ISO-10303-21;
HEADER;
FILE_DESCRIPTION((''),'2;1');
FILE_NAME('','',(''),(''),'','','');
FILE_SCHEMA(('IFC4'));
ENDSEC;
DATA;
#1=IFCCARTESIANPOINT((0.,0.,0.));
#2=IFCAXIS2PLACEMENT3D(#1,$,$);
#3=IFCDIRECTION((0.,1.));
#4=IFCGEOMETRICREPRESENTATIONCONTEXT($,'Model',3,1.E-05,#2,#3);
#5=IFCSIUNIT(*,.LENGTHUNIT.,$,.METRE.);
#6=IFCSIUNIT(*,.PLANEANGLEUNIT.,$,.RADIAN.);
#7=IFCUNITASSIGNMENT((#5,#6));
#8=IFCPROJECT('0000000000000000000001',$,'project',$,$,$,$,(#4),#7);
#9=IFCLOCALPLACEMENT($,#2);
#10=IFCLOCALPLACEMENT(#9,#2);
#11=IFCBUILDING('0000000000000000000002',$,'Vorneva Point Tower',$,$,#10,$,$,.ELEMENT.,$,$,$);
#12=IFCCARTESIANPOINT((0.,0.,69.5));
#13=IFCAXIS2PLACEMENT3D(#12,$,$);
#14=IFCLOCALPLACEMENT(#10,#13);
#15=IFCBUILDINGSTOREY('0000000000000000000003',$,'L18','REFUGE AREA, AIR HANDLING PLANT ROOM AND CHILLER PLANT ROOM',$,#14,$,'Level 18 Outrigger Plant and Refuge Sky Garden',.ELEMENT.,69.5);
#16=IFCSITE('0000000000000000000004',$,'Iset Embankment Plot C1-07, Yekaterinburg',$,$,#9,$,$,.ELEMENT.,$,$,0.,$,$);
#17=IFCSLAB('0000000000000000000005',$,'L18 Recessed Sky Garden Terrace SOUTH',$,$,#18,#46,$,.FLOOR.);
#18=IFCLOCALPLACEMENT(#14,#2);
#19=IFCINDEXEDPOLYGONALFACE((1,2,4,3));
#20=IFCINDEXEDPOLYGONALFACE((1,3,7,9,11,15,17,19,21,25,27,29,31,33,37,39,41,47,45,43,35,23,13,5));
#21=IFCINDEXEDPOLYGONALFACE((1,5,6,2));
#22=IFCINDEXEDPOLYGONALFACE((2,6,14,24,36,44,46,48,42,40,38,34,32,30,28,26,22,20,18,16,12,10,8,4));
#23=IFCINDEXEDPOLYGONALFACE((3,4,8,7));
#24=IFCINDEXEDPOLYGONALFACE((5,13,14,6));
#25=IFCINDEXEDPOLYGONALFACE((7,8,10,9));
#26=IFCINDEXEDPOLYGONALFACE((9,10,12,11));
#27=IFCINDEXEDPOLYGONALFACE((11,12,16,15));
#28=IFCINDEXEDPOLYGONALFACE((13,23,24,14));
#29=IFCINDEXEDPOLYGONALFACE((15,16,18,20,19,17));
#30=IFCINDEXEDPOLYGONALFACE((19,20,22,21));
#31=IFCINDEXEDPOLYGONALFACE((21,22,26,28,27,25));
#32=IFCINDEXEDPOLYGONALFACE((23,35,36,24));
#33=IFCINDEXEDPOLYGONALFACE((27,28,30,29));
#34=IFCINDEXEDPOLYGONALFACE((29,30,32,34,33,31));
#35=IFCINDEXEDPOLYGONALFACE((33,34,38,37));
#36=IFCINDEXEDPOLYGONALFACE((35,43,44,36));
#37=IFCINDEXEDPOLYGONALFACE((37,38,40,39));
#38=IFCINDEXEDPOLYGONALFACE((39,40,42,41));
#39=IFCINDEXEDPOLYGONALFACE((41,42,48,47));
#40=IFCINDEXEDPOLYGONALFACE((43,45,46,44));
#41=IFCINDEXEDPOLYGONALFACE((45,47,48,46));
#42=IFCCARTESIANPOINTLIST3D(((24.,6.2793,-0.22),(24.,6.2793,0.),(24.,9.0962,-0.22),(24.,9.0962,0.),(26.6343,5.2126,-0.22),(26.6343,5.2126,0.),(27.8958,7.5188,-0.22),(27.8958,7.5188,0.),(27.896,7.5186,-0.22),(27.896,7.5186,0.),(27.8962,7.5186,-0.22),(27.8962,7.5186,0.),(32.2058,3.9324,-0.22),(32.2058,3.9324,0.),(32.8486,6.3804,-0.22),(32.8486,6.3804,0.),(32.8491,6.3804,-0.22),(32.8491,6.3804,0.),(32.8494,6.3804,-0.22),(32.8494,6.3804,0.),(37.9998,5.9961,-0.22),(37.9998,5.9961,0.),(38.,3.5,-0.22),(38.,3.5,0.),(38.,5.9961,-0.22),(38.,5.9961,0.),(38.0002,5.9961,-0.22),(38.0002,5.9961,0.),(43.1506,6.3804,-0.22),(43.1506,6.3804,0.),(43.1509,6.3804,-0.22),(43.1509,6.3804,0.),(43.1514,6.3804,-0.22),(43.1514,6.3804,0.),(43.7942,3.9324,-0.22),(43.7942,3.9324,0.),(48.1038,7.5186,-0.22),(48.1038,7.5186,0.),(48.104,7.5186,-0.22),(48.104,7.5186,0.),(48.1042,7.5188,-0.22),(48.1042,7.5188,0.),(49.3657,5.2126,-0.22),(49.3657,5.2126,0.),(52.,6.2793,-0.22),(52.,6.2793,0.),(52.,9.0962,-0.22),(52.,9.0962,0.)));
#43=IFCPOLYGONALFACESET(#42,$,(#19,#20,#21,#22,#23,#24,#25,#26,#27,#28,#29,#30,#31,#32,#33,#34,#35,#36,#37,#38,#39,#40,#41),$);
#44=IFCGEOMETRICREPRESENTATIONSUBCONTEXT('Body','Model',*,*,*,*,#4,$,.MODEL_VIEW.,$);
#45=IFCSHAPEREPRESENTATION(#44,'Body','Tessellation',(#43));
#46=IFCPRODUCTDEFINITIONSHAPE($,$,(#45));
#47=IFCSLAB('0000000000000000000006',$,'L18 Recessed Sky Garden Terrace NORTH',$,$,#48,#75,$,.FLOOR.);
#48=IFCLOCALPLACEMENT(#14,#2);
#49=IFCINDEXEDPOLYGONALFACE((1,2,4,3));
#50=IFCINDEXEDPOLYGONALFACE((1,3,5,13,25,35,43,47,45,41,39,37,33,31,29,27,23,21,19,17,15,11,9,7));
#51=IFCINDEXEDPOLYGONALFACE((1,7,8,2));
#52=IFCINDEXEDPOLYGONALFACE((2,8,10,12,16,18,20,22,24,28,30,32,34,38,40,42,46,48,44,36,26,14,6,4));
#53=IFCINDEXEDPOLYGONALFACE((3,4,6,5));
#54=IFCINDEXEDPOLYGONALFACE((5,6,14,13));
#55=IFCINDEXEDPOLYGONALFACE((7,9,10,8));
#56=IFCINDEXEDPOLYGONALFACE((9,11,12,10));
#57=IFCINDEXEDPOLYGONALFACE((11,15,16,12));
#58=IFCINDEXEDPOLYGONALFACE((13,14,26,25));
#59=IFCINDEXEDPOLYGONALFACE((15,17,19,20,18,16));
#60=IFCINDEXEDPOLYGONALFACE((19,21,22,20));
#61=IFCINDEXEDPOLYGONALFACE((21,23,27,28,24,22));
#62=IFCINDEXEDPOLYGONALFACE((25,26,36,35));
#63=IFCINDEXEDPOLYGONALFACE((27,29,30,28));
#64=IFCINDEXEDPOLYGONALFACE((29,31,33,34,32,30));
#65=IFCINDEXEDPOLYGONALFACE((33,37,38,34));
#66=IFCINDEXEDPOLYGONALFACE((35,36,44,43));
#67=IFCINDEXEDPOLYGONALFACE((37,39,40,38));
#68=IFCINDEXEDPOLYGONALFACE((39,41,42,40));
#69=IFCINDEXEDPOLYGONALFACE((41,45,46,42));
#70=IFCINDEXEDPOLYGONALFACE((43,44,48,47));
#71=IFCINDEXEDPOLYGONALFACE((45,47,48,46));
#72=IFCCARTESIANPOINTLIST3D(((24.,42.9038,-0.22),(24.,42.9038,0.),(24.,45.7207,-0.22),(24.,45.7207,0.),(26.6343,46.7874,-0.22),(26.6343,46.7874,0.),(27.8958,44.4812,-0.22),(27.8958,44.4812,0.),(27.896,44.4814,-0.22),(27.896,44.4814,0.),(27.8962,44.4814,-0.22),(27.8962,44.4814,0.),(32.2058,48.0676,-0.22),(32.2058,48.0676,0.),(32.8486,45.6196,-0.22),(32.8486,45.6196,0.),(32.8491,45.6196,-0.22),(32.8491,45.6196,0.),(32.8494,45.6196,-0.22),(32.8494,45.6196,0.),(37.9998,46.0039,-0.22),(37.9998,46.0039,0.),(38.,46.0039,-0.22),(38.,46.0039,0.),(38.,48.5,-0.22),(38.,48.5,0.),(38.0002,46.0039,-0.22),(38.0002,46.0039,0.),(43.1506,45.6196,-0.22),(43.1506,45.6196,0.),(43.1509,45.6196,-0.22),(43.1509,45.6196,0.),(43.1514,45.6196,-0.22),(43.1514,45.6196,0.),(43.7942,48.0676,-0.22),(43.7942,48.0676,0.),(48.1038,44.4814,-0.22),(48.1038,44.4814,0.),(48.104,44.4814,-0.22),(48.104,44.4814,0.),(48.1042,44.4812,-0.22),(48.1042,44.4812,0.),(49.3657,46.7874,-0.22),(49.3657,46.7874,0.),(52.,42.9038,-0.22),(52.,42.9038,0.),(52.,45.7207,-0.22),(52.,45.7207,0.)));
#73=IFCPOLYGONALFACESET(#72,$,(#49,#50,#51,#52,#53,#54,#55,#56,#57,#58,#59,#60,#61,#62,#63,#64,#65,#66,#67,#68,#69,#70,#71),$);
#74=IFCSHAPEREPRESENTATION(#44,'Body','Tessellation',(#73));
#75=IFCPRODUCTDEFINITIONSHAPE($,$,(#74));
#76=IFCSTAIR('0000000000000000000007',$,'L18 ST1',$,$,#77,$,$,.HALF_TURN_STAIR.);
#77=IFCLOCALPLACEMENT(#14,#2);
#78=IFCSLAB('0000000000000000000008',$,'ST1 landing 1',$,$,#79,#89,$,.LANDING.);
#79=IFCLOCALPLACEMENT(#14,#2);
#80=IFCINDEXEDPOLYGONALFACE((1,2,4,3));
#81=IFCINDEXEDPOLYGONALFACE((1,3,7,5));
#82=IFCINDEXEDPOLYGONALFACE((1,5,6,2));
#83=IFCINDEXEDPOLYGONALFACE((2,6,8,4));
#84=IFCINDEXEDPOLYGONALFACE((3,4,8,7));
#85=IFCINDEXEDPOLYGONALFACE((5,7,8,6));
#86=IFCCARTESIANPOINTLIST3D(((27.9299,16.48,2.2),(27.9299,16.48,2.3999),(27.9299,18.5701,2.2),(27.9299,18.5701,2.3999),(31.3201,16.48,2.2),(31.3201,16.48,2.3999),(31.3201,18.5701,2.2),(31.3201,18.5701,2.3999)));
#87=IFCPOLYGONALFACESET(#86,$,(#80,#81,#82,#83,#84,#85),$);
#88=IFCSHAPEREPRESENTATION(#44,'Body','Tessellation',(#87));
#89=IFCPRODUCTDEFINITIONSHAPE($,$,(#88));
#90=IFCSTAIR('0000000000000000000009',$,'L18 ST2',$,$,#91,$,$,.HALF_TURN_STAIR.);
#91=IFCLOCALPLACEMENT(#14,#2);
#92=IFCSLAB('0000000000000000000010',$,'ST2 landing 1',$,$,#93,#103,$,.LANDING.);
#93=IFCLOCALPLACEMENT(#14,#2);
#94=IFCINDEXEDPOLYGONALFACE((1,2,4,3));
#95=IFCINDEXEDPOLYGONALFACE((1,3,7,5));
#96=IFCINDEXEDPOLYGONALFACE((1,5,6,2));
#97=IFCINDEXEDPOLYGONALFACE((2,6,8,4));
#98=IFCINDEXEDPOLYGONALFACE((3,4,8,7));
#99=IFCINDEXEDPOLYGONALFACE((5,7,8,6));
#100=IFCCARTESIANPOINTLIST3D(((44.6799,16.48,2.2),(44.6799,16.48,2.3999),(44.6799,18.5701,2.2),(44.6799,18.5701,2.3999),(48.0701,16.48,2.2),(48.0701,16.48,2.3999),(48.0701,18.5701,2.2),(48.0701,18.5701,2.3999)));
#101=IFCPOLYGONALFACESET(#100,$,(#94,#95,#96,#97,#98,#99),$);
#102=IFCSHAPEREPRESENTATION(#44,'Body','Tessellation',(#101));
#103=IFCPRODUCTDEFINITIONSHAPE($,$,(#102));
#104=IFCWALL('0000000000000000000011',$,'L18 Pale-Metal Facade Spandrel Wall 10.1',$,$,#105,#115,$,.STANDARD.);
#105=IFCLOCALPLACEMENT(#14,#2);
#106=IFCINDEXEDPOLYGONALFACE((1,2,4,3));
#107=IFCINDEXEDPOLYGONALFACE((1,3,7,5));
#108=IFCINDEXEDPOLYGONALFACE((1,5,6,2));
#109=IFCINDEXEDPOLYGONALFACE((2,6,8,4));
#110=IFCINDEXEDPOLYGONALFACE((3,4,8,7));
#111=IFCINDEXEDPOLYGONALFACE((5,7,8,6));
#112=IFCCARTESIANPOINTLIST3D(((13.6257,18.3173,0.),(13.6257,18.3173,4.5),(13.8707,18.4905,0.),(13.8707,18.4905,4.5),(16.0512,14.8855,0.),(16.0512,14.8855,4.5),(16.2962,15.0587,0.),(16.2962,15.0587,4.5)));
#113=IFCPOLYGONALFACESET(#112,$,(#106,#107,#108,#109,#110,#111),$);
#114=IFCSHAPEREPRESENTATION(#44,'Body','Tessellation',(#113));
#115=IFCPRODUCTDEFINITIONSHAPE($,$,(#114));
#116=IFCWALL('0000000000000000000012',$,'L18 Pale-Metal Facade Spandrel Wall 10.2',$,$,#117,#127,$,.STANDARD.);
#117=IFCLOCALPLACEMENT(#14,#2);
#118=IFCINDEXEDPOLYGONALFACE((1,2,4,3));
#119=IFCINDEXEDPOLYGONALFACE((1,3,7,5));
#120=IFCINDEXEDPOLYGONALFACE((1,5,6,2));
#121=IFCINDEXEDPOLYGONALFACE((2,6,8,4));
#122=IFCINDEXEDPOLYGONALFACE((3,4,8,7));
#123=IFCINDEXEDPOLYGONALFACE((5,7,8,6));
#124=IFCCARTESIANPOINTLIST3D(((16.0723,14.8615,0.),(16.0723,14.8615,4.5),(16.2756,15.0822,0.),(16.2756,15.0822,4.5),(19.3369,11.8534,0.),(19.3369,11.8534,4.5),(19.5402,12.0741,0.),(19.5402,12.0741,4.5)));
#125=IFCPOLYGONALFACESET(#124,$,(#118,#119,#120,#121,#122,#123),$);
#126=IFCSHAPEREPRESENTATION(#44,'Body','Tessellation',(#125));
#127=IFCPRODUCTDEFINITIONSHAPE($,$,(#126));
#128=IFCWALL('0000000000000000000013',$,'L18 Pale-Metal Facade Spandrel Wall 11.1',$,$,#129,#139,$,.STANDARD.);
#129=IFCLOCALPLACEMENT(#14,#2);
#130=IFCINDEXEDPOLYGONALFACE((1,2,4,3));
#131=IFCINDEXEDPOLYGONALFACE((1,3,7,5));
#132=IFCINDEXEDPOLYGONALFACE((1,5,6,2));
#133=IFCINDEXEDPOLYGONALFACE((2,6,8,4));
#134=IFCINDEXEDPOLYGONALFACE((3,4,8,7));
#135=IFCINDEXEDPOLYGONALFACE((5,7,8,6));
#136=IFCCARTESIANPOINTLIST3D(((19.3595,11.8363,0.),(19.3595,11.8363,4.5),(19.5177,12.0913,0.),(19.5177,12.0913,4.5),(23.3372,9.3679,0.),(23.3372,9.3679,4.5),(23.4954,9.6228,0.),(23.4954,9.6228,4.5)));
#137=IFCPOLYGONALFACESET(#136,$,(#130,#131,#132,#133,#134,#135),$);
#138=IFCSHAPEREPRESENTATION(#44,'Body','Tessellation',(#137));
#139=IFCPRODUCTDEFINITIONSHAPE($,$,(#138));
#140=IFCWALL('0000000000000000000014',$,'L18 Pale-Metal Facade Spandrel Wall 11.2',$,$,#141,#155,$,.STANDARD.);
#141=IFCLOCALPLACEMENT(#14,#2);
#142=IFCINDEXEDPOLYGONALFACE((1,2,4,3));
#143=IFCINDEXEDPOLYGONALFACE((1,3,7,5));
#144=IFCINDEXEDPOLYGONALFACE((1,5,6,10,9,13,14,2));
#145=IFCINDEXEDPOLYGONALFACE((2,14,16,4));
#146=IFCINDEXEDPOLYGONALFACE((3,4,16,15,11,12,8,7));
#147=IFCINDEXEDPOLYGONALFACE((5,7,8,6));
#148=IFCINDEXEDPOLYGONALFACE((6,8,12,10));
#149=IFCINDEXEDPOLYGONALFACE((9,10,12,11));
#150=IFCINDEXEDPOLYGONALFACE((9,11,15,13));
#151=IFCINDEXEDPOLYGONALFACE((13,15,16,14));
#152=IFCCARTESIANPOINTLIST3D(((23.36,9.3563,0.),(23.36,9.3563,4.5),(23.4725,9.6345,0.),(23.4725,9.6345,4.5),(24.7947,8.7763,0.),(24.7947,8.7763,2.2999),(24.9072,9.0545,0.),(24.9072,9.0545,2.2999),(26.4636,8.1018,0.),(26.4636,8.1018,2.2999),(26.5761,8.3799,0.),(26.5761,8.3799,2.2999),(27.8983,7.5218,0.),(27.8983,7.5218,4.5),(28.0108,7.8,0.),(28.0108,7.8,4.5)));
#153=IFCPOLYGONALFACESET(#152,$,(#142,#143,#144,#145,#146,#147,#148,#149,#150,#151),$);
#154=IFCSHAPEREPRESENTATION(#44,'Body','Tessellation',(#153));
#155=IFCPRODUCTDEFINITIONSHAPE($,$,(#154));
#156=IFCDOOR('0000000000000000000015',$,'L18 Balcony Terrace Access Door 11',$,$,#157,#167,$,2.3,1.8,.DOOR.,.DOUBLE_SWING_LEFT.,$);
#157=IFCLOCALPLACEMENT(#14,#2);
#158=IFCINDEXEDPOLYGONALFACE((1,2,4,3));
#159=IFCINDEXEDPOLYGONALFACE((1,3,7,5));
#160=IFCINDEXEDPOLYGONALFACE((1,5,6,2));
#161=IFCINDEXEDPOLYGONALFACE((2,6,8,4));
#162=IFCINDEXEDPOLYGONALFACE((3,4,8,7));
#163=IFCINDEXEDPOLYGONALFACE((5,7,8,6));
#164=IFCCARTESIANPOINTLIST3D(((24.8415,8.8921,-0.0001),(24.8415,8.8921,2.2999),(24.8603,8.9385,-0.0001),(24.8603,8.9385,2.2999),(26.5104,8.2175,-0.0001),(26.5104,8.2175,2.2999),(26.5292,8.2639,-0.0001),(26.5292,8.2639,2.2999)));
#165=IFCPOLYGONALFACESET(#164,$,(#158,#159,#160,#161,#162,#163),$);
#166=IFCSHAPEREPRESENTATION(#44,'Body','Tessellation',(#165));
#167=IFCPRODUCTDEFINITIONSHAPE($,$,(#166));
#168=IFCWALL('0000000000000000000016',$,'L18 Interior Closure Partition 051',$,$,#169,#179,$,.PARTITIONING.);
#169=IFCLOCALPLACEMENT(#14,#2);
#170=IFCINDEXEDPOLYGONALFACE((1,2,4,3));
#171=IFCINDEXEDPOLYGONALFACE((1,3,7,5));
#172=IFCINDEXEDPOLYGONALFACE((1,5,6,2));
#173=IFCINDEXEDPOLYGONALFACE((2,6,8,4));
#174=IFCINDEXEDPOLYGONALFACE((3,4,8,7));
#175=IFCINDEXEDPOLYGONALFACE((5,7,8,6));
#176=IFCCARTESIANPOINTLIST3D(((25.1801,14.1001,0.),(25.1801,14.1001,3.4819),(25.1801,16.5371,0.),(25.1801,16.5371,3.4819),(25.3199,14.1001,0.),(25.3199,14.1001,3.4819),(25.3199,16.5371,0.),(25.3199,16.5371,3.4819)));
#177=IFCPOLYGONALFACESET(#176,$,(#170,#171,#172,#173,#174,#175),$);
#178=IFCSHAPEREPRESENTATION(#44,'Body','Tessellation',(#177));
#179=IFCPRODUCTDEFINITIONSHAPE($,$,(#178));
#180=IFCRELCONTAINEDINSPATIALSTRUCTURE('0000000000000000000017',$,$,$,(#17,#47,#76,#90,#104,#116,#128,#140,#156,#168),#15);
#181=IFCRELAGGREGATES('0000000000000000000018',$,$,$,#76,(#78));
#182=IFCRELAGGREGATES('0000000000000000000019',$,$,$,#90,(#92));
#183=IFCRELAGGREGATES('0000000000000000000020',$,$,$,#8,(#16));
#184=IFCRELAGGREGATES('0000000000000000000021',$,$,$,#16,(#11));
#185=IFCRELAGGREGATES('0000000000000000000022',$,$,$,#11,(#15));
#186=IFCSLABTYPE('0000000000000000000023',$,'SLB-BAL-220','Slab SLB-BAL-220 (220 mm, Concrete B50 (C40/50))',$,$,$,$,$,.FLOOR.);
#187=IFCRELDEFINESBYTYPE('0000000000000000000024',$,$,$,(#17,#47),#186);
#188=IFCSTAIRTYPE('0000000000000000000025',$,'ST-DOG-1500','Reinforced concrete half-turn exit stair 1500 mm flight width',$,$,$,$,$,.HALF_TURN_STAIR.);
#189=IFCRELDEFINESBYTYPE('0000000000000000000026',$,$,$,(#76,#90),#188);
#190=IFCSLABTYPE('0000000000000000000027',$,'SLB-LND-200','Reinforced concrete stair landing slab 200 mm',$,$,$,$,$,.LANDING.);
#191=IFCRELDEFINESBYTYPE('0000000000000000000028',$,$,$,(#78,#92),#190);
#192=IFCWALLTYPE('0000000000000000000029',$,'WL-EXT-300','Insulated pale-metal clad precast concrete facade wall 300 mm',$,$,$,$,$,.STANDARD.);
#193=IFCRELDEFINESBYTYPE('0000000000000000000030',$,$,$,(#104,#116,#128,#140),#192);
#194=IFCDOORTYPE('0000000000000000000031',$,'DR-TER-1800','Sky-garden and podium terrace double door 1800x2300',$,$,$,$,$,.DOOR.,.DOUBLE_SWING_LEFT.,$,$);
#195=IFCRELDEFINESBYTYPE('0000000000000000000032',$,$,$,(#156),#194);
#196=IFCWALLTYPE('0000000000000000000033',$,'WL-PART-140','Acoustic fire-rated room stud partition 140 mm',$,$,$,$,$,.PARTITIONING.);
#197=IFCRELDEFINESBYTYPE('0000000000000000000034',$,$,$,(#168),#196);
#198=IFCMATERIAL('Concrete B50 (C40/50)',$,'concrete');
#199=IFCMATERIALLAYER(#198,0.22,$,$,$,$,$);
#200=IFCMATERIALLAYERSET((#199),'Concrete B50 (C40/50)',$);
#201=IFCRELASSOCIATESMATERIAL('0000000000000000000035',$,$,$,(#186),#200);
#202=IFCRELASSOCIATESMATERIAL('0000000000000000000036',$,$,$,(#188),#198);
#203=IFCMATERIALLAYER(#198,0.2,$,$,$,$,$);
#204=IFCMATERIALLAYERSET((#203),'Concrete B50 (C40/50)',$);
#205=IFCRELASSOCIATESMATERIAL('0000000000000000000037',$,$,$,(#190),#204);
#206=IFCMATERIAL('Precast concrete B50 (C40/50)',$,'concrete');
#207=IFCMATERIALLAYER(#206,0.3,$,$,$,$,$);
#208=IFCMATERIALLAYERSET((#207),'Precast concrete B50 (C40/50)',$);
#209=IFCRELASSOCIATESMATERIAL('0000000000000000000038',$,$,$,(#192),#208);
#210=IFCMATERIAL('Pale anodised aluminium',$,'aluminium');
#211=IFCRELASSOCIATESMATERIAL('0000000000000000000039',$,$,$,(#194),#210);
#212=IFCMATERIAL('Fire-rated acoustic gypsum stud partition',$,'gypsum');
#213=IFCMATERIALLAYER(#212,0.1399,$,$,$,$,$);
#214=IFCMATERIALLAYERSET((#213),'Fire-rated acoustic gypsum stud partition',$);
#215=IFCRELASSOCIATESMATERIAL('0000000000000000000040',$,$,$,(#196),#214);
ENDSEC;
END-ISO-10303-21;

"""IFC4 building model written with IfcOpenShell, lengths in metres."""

from ifc_helpers import new_model, si_unit, direction, frame, frame_2d, origin, place, context, subcontext, project, spatial, polyline, rectangle, outline, extrude, material, layer, layer_set, type_object, element, fill, aggregate, save


model = new_model("IFC4")

# Units and contexts
model_context = context("Model", 3, precision=1e-05, world=origin(), true_north=direction((0.0, 1.0)))
body_context = subcontext(model_context, "Body", "Model", "MODEL_VIEW")
ifc_project = project(units=[si_unit("LENGTHUNIT", "METRE"), si_unit("PLANEANGLEUNIT", "RADIAN")], contexts=[model_context])

# Site, building, storey
site_placement = place(None, origin())
site = spatial("IfcSite", under=ifc_project, at=site_placement, Name="Iset Embankment Plot C1-07, Yekaterinburg", CompositionType="ELEMENT", RefElevation=0.0)
building_placement = place(site_placement, origin())
building = spatial("IfcBuilding", under=site, at=building_placement, Name="Vorneva Point Tower", CompositionType="ELEMENT")
storey_placement = place(building_placement, frame((0.0, 0.0, 69.5)))
storey = spatial("IfcBuildingStorey", under=building, at=storey_placement, Name="L18", Description="REFUGE AREA, AIR HANDLING PLANT ROOM AND CHILLER PLANT ROOM", LongName="Level 18 Outrigger Plant and Refuge Sky Garden", CompositionType="ELEMENT", Elevation=69.5)

# Slabs
ifc_material_1 = material(Name="Concrete B50 (C40/50)", Category="concrete")
ifc_layer_1 = layer(ifc_material_1, 0.22)
ifc_layer_set_1 = layer_set([ifc_layer_1], Name="Concrete B50 (C40/50)")
slab_type_1 = type_object("IfcSlabType", Name="SLB-BAL-220", Description="Slab SLB-BAL-220 (220 mm, Concrete B50 (C40/50))", PredefinedType="FLOOR", material=ifc_layer_set_1)
slab_1_placement = place(storey_placement, frame((0.0, 0.0, -0.22)))
element("IfcSlab", 1, at=slab_1_placement, inside=storey, type_object=slab_type_1, Name="L18 Recessed Sky Garden Terrace SOUTH", PredefinedType="FLOOR", context=body_context, shape_type="SweptSolid", body=[
    extrude(outline(polyline([(52.0, 6.2793), (52.0, 9.0962), (48.1042, 7.5188), (48.104, 7.5186), (48.1038, 7.5186), (43.1514, 6.3804), (43.1509, 6.3804), (43.1506, 6.3804), (38.0002, 5.9961), (38.0, 5.9961), (37.9998, 5.9961), (32.8494, 6.3804), (32.8491, 6.3804), (32.8486, 6.3804), (27.8962, 7.5186), (27.896, 7.5186), (27.8958, 7.5188), (24.0, 9.0962), (24.0, 6.2793), (26.6343, 5.2126), (32.2058, 3.9324), (38.0, 3.5), (43.7942, 3.9324), (49.3657, 5.2126), (52.0, 6.2793)])), origin(), (0.0, 0.0, 1.0), 0.22),
])
slab_2_placement = place(storey_placement, frame((0.0, 0.0, -0.22)))
element("IfcSlab", 2, at=slab_2_placement, inside=storey, type_object=slab_type_1, Name="L18 Recessed Sky Garden Terrace NORTH", PredefinedType="FLOOR", context=body_context, shape_type="SweptSolid", body=[
    extrude(outline(polyline([(24.0, 45.7207), (24.0, 42.9038), (27.8958, 44.4812), (27.896, 44.4814), (27.8962, 44.4814), (32.8486, 45.6196), (32.8491, 45.6196), (32.8494, 45.6196), (37.9998, 46.0039), (38.0, 46.0039), (38.0002, 46.0039), (43.1506, 45.6196), (43.1509, 45.6196), (43.1514, 45.6196), (48.1038, 44.4814), (48.104, 44.4814), (48.1042, 44.4812), (52.0, 42.9038), (52.0, 45.7207), (49.3657, 46.7874), (43.7942, 48.0676), (38.0, 48.5), (32.2058, 48.0676), (26.6343, 46.7874), (24.0, 45.7207)])), origin(), (0.0, 0.0, 1.0), 0.22),
])

# Stairs, slabs
stair_type = type_object("IfcStairType", Name="ST-DOG-1500", Description="Reinforced concrete half-turn exit stair 1500 mm flight width", PredefinedType="HALF_TURN_STAIR", material=ifc_material_1)
stair_1_placement = place(storey_placement, origin())
stair_1 = element("IfcStair", 3, at=stair_1_placement, inside=storey, type_object=stair_type, Name="L18 ST1", PredefinedType="HALF_TURN_STAIR")
ifc_layer_2 = layer(ifc_material_1, 0.2)
ifc_layer_set_2 = layer_set([ifc_layer_2], Name="Concrete B50 (C40/50)")
slab_type_2 = type_object("IfcSlabType", Name="SLB-LND-200", Description="Reinforced concrete stair landing slab 200 mm", PredefinedType="LANDING", material=ifc_layer_set_2)
slab_3_placement = place(storey_placement, frame((0.0, 0.0, 2.2)))
slab_3 = element("IfcSlab", 4, at=slab_3_placement, type_object=slab_type_2, Name="ST1 landing 1", PredefinedType="LANDING", context=body_context, shape_type="SweptSolid", body=[
    extrude(outline(polyline([(27.9299, 16.48), (31.3201, 16.48), (31.3201, 18.5701), (27.9299, 18.5701), (27.9299, 16.48)])), origin(), (0.0, 0.0, 1.0), 0.2),
])
aggregate(stair_1, [slab_3])
stair_2_placement = place(storey_placement, origin())
stair_2 = element("IfcStair", 5, at=stair_2_placement, inside=storey, type_object=stair_type, Name="L18 ST2", PredefinedType="HALF_TURN_STAIR")
slab_4_placement = place(storey_placement, frame((0.0, 0.0, 2.2)))
slab_4 = element("IfcSlab", 6, at=slab_4_placement, type_object=slab_type_2, Name="ST2 landing 1", PredefinedType="LANDING", context=body_context, shape_type="SweptSolid", body=[
    extrude(outline(polyline([(44.6799, 16.48), (48.0701, 16.48), (48.0701, 18.5701), (44.6799, 18.5701), (44.6799, 16.48)])), origin(), (0.0, 0.0, 1.0), 0.2),
])
aggregate(stair_2, [slab_4])

# Walls
ifc_material_2 = material(Name="Precast concrete B50 (C40/50)", Category="concrete")
ifc_layer_3 = layer(ifc_material_2, 0.3)
ifc_layer_set_3 = layer_set([ifc_layer_3], Name="Precast concrete B50 (C40/50)")
wall_type_1 = type_object("IfcWallType", Name="WL-EXT-300", Description="Insulated pale-metal clad precast concrete facade wall 300 mm", PredefinedType="STANDARD", material=ifc_layer_set_3)
wall_1_placement = place(storey_placement, frame((13.7483, 18.4038, 0.0), z_axis=(0.0, 0.0, 1.0), x_axis=(0.577164, -0.816628, 0.0)))
element("IfcWall", 7, at=wall_1_placement, inside=storey, type_object=wall_type_1, Name="L18 Pale-Metal Facade Spandrel Wall 10.1", PredefinedType="STANDARD", context=body_context, shape_type="SweptSolid", body=[
    extrude(rectangle(XDim=4.2024, YDim=0.3, at=frame_2d((2.1011, 0.0))), origin(), (0.0, 0.0, 1.0), 4.5),
])
wall_2_placement = place(storey_placement, frame((16.1738, 14.9719, 0.0), z_axis=(0.0, 0.0, 1.0), x_axis=(0.735417, -0.677615, 0.0)))
element("IfcWall", 8, at=wall_2_placement, inside=storey, type_object=wall_type_1, Name="L18 Pale-Metal Facade Spandrel Wall 10.2", PredefinedType="STANDARD", context=body_context, shape_type="SweptSolid", body=[
    extrude(rectangle(XDim=4.4392, YDim=0.3, at=frame_2d((2.2197, 0.0))), origin(), (0.0, 0.0, 1.0), 4.5),
])
wall_3_placement = place(storey_placement, frame((19.4385, 11.9639, 0.0), z_axis=(0.0, 0.0, 1.0), x_axis=(0.849684, -0.527291, 0.0)))
element("IfcWall", 9, at=wall_3_placement, inside=storey, type_object=wall_type_1, Name="L18 Pale-Metal Facade Spandrel Wall 11.1", PredefinedType="STANDARD", context=body_context, shape_type="SweptSolid", body=[
    extrude(rectangle(XDim=4.6814, YDim=0.3, at=frame_2d((2.3408, 0.0))), origin(), (0.0, 0.0, 1.0), 4.5),
])

# Wall, opening, door
wall_4_placement = place(storey_placement, frame((23.4163, 9.4954, 0.0), z_axis=(0.0, 0.0, 1.0), x_axis=(0.927122, -0.374759, 0.0)))
wall_4 = element("IfcWall", 10, at=wall_4_placement, inside=storey, type_object=wall_type_1, Name="L18 Pale-Metal Facade Spandrel Wall 11.2", PredefinedType="STANDARD", context=body_context, shape_type="SweptSolid", body=[
    extrude(rectangle(XDim=4.895, YDim=0.3, at=frame_2d((2.4475, 0.0))), origin(), (0.0, 0.0, 1.0), 4.5),
])
opening_placement = place(wall_4_placement, frame((1.5476, 0.0, 0.0)))
opening = element("IfcOpeningElement", 11, at=opening_placement, cuts=wall_4, PredefinedType="OPENING", context=body_context, shape_type="SweptSolid", body=[
    extrude(rectangle(XDim=1.8, YDim=2.3, at=frame_2d((0.8999, 1.1499))), frame((0.0, 0.165, 0.0), z_axis=(0.0, -1.0, 0.0), x_axis=(1.0, 0.0, 0.0)), (0.0, 0.0, 1.0), 0.3298),
])
ifc_material_3 = material(Name="Pale anodised aluminium", Category="aluminium")
door_type = type_object("IfcDoorType", Name="DR-TER-1800", Description="Sky-garden and podium terrace double door 1800x2300", OperationType="DOUBLE_SWING_LEFT", PredefinedType="DOOR", material=ifc_material_3)
door_placement = place(opening_placement, origin())
door = element("IfcDoor", 12, at=door_placement, inside=storey, type_object=door_type, Name="L18 Balcony Terrace Access Door 11", OperationType="DOUBLE_SWING_LEFT", OverallHeight=2.3, OverallWidth=1.8, PredefinedType="DOOR", context=body_context, shape_type="SweptSolid", body=[
    extrude(rectangle(XDim=1.8, YDim=2.3, at=frame_2d((0.8999, 1.1499))), frame((0.0, 0.0249, 0.0), z_axis=(0.0, -1.0, 0.0), x_axis=(1.0, 0.0, 0.0)), (0.0, 0.0, 1.0), 0.05),
])
fill(opening, door)

# Wall
ifc_material_4 = material(Name="Fire-rated acoustic gypsum stud partition", Category="gypsum")
ifc_layer_4 = layer(ifc_material_4, 0.1399)
ifc_layer_set_4 = layer_set([ifc_layer_4], Name="Fire-rated acoustic gypsum stud partition")
wall_type_2 = type_object("IfcWallType", Name="WL-PART-140", Description="Acoustic fire-rated room stud partition 140 mm", PredefinedType="PARTITIONING", material=ifc_layer_set_4)
wall_5_placement = place(storey_placement, frame((25.25, 16.5371, 0.0), z_axis=(0.0, 0.0, 1.0), x_axis=(0.0, -1.0, 0.0)))
element("IfcWall", 13, at=wall_5_placement, inside=storey, type_object=wall_type_2, Name="L18 Interior Closure Partition 051", PredefinedType="PARTITIONING", context=body_context, shape_type="SweptSolid", body=[
    extrude(rectangle(XDim=2.437, YDim=0.1399, at=frame_2d((1.2185, 0.0))), origin(), (0.0, 0.0, 1.0), 3.4819),
])

save(model, "model.ifc")
